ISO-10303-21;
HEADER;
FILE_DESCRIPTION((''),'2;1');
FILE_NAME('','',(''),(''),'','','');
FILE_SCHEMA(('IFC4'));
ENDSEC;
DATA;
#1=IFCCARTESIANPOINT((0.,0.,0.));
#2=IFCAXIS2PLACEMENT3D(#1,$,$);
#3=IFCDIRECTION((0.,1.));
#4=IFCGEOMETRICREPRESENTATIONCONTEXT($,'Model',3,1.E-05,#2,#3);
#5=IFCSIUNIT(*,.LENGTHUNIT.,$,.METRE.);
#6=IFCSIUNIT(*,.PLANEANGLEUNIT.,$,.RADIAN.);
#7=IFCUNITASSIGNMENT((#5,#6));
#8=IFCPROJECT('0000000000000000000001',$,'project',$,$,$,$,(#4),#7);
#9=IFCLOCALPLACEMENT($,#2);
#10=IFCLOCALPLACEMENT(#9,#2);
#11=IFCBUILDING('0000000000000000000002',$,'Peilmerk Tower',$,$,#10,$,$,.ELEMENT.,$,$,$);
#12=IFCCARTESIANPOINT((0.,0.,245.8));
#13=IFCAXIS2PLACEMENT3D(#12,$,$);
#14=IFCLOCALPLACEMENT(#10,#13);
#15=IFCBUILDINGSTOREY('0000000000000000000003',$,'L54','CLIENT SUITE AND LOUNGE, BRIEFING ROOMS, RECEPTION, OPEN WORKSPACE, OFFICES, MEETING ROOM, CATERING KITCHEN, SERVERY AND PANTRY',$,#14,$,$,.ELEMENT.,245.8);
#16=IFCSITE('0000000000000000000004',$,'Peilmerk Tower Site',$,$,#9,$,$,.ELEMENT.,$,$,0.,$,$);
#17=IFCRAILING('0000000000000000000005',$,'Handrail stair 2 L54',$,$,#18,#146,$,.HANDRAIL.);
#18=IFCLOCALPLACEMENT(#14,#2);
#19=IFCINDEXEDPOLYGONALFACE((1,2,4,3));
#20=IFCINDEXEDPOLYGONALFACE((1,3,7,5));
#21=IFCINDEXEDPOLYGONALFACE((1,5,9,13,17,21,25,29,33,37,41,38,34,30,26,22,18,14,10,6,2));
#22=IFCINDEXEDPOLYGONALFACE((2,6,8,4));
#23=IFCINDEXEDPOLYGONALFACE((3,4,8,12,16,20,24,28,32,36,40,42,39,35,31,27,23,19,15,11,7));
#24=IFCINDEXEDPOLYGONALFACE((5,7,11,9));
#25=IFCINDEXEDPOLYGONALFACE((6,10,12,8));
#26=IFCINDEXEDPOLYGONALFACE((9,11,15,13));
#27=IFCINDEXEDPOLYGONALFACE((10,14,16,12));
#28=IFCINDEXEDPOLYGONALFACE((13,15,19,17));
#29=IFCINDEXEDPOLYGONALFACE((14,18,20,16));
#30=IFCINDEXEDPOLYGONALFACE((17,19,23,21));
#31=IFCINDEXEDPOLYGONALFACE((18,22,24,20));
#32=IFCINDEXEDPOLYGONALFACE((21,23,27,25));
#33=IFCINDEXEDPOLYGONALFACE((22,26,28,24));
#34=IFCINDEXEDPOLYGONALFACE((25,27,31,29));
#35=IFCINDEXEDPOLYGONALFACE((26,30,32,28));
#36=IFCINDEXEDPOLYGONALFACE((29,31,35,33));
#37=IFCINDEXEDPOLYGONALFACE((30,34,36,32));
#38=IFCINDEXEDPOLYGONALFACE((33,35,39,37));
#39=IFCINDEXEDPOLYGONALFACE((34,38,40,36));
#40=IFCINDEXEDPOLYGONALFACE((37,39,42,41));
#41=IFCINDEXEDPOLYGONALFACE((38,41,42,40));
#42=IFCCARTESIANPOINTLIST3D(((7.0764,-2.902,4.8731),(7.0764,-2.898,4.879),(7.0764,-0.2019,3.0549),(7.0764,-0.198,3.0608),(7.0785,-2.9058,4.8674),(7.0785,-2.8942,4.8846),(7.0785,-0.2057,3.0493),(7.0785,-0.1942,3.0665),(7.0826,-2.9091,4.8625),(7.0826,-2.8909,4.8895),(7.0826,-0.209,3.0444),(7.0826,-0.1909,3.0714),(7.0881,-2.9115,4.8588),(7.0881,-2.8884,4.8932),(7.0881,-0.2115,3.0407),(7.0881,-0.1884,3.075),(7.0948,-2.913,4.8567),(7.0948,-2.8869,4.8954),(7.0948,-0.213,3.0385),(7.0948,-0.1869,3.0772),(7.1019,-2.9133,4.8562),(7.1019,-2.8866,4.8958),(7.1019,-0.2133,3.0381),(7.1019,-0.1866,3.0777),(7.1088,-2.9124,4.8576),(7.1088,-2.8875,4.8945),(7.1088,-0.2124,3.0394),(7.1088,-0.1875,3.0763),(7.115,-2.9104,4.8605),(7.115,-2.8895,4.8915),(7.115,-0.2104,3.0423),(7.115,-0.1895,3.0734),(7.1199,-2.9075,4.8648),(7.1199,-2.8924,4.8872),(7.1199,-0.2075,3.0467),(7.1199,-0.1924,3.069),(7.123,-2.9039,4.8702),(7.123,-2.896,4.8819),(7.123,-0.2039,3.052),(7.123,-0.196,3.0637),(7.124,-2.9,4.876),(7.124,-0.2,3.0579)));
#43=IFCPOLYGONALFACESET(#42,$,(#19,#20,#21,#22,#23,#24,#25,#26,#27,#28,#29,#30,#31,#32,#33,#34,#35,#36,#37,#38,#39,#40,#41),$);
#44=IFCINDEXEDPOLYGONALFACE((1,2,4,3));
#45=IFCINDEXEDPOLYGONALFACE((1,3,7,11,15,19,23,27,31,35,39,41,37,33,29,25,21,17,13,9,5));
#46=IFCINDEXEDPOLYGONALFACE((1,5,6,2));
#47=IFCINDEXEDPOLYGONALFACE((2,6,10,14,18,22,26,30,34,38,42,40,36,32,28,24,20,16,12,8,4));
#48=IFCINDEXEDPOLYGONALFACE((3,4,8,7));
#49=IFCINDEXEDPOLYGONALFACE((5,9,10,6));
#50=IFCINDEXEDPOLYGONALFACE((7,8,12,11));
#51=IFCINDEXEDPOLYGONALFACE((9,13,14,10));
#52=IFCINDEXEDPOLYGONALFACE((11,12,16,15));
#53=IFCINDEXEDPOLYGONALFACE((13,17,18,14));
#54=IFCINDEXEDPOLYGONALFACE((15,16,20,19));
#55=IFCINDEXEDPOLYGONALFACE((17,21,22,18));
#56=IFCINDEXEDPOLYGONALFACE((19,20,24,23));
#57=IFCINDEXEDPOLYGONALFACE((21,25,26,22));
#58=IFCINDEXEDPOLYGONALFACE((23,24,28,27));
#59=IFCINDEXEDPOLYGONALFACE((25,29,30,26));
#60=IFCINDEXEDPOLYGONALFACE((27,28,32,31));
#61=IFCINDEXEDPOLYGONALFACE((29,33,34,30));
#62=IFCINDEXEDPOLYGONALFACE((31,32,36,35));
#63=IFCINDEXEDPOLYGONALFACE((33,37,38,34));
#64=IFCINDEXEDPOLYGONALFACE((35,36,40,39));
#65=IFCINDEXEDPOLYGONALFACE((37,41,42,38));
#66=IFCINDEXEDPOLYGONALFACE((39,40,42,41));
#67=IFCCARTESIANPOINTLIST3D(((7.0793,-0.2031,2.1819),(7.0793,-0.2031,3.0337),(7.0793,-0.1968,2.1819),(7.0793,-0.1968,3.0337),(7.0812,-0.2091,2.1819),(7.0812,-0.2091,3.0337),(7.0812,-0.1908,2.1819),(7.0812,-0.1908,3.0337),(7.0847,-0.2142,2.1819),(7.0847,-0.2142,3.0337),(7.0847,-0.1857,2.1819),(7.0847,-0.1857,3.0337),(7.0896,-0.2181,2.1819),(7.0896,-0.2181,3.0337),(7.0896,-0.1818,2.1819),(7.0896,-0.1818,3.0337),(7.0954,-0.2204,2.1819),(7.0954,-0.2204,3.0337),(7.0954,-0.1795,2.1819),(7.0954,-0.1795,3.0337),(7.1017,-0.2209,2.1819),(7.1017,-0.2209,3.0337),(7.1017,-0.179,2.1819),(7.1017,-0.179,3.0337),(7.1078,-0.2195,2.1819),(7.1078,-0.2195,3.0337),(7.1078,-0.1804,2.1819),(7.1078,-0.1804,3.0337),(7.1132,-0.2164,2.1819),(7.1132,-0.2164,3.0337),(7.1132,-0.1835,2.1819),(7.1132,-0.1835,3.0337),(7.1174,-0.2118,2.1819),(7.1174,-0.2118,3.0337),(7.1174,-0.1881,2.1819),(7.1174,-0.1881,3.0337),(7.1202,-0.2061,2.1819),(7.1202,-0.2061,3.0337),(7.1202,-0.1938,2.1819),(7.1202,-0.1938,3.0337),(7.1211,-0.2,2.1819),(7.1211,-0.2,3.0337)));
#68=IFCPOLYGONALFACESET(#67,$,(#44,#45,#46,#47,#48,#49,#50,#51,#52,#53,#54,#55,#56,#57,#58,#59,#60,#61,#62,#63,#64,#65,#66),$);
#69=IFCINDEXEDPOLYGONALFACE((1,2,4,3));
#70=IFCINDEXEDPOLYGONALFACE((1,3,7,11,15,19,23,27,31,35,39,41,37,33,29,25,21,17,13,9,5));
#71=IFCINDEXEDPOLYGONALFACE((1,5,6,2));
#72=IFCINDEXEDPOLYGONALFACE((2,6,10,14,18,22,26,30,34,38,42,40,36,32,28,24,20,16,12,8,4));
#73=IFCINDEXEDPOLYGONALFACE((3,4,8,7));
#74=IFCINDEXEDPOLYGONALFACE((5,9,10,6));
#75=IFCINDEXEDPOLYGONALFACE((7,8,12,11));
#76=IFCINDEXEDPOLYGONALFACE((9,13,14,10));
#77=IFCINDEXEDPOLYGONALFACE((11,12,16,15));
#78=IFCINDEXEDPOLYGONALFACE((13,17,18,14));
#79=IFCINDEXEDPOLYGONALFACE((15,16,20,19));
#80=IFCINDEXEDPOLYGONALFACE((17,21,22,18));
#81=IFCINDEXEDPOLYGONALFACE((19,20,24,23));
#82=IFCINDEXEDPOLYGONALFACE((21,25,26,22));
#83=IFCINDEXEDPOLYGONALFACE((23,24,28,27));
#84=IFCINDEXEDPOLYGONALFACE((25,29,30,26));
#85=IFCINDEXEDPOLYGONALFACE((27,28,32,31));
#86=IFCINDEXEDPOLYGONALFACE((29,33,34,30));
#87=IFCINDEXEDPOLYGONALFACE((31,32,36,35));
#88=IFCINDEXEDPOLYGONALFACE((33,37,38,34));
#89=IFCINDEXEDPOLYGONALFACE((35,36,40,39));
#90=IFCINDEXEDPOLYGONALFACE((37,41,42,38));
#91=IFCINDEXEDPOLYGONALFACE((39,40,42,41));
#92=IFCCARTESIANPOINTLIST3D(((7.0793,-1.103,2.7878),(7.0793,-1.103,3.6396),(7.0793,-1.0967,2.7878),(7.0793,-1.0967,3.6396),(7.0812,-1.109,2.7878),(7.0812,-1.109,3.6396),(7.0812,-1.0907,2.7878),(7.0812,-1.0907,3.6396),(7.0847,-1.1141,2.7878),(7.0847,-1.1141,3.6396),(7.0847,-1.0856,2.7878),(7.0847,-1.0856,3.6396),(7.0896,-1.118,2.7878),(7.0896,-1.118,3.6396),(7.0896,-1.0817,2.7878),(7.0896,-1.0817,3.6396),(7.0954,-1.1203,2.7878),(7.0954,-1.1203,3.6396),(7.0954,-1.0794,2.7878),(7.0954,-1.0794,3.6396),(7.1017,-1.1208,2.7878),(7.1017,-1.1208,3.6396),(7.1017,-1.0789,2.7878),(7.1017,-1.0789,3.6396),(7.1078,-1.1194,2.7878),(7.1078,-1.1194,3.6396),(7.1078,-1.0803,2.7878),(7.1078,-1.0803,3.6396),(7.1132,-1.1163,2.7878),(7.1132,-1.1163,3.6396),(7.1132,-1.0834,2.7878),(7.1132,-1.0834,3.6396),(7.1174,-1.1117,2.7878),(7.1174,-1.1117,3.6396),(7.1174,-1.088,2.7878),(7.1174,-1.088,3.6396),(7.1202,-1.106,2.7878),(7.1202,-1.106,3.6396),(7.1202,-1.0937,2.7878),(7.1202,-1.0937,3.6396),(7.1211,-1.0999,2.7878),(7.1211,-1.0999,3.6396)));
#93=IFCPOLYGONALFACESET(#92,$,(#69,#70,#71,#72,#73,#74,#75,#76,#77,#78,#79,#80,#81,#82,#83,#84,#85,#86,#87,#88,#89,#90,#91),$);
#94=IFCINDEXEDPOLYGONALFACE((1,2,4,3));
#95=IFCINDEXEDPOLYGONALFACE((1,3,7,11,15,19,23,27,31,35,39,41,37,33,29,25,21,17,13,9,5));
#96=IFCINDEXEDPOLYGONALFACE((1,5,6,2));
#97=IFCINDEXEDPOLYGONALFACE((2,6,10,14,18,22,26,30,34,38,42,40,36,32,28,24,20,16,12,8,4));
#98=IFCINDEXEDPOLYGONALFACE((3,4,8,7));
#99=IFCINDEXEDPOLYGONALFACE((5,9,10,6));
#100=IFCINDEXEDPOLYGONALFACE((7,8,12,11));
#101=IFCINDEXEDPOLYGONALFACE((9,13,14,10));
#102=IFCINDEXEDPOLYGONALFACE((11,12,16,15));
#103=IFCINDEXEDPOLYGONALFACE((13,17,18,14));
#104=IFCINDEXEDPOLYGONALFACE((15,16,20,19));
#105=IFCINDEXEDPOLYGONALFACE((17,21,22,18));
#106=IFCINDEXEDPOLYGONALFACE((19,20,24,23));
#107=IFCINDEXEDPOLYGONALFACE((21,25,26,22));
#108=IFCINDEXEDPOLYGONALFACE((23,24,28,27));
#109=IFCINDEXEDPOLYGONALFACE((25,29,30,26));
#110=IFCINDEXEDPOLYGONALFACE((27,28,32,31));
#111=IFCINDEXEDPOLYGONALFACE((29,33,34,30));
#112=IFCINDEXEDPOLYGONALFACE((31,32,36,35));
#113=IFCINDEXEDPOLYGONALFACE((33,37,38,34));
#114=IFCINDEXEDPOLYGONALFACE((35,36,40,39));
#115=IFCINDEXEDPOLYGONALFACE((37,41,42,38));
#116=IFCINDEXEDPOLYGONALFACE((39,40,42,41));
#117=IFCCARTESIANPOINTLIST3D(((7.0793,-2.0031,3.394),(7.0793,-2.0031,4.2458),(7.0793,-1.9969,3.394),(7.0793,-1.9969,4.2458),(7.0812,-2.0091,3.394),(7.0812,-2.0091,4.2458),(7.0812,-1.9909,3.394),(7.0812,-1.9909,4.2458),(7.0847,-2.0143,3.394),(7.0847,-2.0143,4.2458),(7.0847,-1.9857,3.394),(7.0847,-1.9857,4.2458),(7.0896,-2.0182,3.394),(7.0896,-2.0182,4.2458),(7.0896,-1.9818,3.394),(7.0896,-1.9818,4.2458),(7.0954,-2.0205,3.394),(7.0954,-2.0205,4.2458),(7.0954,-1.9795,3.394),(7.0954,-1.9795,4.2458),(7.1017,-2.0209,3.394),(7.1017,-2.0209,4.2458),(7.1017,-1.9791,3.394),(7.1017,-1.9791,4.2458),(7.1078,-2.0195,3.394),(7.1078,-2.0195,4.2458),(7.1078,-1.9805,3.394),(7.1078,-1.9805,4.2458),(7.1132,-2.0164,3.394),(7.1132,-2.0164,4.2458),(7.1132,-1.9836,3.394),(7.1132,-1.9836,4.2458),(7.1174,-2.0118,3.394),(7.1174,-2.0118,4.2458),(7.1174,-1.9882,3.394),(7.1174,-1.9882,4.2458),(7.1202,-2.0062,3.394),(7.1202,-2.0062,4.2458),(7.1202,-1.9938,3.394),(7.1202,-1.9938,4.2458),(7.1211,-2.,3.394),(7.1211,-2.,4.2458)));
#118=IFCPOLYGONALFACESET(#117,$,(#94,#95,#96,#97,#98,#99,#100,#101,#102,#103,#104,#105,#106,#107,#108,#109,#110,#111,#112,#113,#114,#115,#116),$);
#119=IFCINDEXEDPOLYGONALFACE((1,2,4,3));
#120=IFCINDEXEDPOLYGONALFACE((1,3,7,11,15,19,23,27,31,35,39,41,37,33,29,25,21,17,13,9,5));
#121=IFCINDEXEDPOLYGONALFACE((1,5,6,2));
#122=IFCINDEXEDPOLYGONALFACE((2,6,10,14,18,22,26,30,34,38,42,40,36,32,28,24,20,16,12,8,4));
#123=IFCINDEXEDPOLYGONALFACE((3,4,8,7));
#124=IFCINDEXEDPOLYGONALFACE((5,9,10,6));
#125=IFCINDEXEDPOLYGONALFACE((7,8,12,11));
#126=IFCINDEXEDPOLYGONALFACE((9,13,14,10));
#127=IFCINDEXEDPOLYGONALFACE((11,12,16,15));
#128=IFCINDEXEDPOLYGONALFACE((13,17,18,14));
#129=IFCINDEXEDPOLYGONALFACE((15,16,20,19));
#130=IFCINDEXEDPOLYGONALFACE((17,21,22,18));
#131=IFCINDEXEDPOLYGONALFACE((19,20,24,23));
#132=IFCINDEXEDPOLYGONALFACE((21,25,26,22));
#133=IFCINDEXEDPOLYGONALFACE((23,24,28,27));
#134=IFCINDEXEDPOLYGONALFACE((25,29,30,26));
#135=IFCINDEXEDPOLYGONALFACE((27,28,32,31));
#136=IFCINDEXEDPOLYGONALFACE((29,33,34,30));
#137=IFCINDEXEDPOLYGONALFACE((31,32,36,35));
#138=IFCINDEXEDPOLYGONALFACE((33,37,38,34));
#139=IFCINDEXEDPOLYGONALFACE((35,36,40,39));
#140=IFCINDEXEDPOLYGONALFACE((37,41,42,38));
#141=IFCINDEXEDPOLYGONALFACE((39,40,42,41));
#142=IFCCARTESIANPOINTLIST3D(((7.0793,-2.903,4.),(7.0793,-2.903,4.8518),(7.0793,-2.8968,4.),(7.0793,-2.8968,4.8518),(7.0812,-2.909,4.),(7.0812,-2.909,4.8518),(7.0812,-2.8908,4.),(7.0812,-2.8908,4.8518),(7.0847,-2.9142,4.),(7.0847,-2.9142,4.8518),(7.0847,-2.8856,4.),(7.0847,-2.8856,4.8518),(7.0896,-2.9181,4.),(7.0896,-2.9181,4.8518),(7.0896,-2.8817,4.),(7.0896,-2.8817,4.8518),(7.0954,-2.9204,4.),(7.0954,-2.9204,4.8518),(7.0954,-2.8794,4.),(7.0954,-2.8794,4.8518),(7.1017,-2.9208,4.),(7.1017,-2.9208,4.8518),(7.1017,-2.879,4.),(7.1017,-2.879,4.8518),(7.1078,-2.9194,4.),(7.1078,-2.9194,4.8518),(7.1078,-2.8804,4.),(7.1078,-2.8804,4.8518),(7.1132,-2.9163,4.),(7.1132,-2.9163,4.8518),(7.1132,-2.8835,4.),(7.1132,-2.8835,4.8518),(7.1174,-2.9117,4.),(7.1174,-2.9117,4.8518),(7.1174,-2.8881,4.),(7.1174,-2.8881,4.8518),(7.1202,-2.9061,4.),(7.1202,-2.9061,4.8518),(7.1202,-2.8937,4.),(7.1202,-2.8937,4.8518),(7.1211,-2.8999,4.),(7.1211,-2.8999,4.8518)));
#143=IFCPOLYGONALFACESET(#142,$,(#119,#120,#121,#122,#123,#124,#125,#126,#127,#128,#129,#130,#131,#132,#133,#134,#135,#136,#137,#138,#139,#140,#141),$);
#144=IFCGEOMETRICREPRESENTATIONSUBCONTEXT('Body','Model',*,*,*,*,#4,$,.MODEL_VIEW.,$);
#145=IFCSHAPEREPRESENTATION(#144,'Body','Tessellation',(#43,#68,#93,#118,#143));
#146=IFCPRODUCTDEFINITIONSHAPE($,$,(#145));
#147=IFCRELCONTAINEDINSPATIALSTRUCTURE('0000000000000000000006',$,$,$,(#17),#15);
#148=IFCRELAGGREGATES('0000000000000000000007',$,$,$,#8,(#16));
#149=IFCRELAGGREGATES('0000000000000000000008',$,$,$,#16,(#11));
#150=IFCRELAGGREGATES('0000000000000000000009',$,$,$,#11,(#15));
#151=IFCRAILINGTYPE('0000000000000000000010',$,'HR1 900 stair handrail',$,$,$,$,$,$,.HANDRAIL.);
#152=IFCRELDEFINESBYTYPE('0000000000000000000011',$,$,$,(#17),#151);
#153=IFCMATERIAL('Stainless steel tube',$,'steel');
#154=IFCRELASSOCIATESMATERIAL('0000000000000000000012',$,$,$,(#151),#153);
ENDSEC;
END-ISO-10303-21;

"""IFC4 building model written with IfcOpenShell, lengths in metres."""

from ifc_helpers import new_model, si_unit, direction, frame, origin, origin_2d, place, context, subcontext, project, spatial, circle, extrude, material, type_object, element, save


model = new_model("IFC4")

# Units and contexts
model_context = context("Model", 3, precision=1e-05, world=origin(), true_north=direction((0.0, 1.0)))
body_context = subcontext(model_context, "Body", "Model", "MODEL_VIEW")
ifc_project = project(units=[si_unit("LENGTHUNIT", "METRE"), si_unit("PLANEANGLEUNIT", "RADIAN")], contexts=[model_context])

# Site, building, storey
site_placement = place(None, origin())
site = spatial("IfcSite", under=ifc_project, at=site_placement, Name="Peilmerk Tower Site", CompositionType="ELEMENT", RefElevation=0.0)
building_placement = place(site_placement, origin())
building = spatial("IfcBuilding", under=site, at=building_placement, Name="Peilmerk Tower", CompositionType="ELEMENT")
storey_placement = place(building_placement, frame((0.0, 0.0, 245.8)))
storey = spatial("IfcBuildingStorey", under=building, at=storey_placement, Name="L54", Description="CLIENT SUITE AND LOUNGE, BRIEFING ROOMS, RECEPTION, OPEN WORKSPACE, OFFICES, MEETING ROOM, CATERING KITCHEN, SERVERY AND PANTRY", CompositionType="ELEMENT", Elevation=245.8)

# Railing
ifc_material_1 = material(Name="Stainless steel tube", Category="steel")
railing_type_1 = type_object("IfcRailingType", Name="HR1 900 stair handrail", PredefinedType="HANDRAIL", material=ifc_material_1)
railing_1_placement = place(storey_placement, frame((7.1001, -0.2, 2.1819)))
element("IfcRailing", 1, at=railing_1_placement, inside=storey, type_object=railing_type_1, Name="Handrail stair 2 L54", PredefinedType="HANDRAIL", context=body_context, shape_type="SweptSolid", body=[
    extrude(circle(Radius=0.0239, at=origin_2d()), frame((0.0, 0.0, 0.876), z_axis=(0.0, -0.829468, 0.558554), x_axis=(1.0, 0.0, 0.0)), (0.0, 0.0, 1.0), 3.2551),
    extrude(circle(Radius=0.021, at=origin_2d()), origin(), (0.0, 0.0, 1.0), 0.8518),
    extrude(circle(Radius=0.021, at=origin_2d()), frame((0.0, -0.8999, 0.606)), (0.0, 0.0, 1.0), 0.8518),
    extrude(circle(Radius=0.021, at=origin_2d()), frame((0.0, -1.8, 1.2122)), (0.0, 0.0, 1.0), 0.8518),
    extrude(circle(Radius=0.021, at=origin_2d()), frame((0.0, -2.7, 1.8181)), (0.0, 0.0, 1.0), 0.8518),
])

save(model, "model.ifc")
